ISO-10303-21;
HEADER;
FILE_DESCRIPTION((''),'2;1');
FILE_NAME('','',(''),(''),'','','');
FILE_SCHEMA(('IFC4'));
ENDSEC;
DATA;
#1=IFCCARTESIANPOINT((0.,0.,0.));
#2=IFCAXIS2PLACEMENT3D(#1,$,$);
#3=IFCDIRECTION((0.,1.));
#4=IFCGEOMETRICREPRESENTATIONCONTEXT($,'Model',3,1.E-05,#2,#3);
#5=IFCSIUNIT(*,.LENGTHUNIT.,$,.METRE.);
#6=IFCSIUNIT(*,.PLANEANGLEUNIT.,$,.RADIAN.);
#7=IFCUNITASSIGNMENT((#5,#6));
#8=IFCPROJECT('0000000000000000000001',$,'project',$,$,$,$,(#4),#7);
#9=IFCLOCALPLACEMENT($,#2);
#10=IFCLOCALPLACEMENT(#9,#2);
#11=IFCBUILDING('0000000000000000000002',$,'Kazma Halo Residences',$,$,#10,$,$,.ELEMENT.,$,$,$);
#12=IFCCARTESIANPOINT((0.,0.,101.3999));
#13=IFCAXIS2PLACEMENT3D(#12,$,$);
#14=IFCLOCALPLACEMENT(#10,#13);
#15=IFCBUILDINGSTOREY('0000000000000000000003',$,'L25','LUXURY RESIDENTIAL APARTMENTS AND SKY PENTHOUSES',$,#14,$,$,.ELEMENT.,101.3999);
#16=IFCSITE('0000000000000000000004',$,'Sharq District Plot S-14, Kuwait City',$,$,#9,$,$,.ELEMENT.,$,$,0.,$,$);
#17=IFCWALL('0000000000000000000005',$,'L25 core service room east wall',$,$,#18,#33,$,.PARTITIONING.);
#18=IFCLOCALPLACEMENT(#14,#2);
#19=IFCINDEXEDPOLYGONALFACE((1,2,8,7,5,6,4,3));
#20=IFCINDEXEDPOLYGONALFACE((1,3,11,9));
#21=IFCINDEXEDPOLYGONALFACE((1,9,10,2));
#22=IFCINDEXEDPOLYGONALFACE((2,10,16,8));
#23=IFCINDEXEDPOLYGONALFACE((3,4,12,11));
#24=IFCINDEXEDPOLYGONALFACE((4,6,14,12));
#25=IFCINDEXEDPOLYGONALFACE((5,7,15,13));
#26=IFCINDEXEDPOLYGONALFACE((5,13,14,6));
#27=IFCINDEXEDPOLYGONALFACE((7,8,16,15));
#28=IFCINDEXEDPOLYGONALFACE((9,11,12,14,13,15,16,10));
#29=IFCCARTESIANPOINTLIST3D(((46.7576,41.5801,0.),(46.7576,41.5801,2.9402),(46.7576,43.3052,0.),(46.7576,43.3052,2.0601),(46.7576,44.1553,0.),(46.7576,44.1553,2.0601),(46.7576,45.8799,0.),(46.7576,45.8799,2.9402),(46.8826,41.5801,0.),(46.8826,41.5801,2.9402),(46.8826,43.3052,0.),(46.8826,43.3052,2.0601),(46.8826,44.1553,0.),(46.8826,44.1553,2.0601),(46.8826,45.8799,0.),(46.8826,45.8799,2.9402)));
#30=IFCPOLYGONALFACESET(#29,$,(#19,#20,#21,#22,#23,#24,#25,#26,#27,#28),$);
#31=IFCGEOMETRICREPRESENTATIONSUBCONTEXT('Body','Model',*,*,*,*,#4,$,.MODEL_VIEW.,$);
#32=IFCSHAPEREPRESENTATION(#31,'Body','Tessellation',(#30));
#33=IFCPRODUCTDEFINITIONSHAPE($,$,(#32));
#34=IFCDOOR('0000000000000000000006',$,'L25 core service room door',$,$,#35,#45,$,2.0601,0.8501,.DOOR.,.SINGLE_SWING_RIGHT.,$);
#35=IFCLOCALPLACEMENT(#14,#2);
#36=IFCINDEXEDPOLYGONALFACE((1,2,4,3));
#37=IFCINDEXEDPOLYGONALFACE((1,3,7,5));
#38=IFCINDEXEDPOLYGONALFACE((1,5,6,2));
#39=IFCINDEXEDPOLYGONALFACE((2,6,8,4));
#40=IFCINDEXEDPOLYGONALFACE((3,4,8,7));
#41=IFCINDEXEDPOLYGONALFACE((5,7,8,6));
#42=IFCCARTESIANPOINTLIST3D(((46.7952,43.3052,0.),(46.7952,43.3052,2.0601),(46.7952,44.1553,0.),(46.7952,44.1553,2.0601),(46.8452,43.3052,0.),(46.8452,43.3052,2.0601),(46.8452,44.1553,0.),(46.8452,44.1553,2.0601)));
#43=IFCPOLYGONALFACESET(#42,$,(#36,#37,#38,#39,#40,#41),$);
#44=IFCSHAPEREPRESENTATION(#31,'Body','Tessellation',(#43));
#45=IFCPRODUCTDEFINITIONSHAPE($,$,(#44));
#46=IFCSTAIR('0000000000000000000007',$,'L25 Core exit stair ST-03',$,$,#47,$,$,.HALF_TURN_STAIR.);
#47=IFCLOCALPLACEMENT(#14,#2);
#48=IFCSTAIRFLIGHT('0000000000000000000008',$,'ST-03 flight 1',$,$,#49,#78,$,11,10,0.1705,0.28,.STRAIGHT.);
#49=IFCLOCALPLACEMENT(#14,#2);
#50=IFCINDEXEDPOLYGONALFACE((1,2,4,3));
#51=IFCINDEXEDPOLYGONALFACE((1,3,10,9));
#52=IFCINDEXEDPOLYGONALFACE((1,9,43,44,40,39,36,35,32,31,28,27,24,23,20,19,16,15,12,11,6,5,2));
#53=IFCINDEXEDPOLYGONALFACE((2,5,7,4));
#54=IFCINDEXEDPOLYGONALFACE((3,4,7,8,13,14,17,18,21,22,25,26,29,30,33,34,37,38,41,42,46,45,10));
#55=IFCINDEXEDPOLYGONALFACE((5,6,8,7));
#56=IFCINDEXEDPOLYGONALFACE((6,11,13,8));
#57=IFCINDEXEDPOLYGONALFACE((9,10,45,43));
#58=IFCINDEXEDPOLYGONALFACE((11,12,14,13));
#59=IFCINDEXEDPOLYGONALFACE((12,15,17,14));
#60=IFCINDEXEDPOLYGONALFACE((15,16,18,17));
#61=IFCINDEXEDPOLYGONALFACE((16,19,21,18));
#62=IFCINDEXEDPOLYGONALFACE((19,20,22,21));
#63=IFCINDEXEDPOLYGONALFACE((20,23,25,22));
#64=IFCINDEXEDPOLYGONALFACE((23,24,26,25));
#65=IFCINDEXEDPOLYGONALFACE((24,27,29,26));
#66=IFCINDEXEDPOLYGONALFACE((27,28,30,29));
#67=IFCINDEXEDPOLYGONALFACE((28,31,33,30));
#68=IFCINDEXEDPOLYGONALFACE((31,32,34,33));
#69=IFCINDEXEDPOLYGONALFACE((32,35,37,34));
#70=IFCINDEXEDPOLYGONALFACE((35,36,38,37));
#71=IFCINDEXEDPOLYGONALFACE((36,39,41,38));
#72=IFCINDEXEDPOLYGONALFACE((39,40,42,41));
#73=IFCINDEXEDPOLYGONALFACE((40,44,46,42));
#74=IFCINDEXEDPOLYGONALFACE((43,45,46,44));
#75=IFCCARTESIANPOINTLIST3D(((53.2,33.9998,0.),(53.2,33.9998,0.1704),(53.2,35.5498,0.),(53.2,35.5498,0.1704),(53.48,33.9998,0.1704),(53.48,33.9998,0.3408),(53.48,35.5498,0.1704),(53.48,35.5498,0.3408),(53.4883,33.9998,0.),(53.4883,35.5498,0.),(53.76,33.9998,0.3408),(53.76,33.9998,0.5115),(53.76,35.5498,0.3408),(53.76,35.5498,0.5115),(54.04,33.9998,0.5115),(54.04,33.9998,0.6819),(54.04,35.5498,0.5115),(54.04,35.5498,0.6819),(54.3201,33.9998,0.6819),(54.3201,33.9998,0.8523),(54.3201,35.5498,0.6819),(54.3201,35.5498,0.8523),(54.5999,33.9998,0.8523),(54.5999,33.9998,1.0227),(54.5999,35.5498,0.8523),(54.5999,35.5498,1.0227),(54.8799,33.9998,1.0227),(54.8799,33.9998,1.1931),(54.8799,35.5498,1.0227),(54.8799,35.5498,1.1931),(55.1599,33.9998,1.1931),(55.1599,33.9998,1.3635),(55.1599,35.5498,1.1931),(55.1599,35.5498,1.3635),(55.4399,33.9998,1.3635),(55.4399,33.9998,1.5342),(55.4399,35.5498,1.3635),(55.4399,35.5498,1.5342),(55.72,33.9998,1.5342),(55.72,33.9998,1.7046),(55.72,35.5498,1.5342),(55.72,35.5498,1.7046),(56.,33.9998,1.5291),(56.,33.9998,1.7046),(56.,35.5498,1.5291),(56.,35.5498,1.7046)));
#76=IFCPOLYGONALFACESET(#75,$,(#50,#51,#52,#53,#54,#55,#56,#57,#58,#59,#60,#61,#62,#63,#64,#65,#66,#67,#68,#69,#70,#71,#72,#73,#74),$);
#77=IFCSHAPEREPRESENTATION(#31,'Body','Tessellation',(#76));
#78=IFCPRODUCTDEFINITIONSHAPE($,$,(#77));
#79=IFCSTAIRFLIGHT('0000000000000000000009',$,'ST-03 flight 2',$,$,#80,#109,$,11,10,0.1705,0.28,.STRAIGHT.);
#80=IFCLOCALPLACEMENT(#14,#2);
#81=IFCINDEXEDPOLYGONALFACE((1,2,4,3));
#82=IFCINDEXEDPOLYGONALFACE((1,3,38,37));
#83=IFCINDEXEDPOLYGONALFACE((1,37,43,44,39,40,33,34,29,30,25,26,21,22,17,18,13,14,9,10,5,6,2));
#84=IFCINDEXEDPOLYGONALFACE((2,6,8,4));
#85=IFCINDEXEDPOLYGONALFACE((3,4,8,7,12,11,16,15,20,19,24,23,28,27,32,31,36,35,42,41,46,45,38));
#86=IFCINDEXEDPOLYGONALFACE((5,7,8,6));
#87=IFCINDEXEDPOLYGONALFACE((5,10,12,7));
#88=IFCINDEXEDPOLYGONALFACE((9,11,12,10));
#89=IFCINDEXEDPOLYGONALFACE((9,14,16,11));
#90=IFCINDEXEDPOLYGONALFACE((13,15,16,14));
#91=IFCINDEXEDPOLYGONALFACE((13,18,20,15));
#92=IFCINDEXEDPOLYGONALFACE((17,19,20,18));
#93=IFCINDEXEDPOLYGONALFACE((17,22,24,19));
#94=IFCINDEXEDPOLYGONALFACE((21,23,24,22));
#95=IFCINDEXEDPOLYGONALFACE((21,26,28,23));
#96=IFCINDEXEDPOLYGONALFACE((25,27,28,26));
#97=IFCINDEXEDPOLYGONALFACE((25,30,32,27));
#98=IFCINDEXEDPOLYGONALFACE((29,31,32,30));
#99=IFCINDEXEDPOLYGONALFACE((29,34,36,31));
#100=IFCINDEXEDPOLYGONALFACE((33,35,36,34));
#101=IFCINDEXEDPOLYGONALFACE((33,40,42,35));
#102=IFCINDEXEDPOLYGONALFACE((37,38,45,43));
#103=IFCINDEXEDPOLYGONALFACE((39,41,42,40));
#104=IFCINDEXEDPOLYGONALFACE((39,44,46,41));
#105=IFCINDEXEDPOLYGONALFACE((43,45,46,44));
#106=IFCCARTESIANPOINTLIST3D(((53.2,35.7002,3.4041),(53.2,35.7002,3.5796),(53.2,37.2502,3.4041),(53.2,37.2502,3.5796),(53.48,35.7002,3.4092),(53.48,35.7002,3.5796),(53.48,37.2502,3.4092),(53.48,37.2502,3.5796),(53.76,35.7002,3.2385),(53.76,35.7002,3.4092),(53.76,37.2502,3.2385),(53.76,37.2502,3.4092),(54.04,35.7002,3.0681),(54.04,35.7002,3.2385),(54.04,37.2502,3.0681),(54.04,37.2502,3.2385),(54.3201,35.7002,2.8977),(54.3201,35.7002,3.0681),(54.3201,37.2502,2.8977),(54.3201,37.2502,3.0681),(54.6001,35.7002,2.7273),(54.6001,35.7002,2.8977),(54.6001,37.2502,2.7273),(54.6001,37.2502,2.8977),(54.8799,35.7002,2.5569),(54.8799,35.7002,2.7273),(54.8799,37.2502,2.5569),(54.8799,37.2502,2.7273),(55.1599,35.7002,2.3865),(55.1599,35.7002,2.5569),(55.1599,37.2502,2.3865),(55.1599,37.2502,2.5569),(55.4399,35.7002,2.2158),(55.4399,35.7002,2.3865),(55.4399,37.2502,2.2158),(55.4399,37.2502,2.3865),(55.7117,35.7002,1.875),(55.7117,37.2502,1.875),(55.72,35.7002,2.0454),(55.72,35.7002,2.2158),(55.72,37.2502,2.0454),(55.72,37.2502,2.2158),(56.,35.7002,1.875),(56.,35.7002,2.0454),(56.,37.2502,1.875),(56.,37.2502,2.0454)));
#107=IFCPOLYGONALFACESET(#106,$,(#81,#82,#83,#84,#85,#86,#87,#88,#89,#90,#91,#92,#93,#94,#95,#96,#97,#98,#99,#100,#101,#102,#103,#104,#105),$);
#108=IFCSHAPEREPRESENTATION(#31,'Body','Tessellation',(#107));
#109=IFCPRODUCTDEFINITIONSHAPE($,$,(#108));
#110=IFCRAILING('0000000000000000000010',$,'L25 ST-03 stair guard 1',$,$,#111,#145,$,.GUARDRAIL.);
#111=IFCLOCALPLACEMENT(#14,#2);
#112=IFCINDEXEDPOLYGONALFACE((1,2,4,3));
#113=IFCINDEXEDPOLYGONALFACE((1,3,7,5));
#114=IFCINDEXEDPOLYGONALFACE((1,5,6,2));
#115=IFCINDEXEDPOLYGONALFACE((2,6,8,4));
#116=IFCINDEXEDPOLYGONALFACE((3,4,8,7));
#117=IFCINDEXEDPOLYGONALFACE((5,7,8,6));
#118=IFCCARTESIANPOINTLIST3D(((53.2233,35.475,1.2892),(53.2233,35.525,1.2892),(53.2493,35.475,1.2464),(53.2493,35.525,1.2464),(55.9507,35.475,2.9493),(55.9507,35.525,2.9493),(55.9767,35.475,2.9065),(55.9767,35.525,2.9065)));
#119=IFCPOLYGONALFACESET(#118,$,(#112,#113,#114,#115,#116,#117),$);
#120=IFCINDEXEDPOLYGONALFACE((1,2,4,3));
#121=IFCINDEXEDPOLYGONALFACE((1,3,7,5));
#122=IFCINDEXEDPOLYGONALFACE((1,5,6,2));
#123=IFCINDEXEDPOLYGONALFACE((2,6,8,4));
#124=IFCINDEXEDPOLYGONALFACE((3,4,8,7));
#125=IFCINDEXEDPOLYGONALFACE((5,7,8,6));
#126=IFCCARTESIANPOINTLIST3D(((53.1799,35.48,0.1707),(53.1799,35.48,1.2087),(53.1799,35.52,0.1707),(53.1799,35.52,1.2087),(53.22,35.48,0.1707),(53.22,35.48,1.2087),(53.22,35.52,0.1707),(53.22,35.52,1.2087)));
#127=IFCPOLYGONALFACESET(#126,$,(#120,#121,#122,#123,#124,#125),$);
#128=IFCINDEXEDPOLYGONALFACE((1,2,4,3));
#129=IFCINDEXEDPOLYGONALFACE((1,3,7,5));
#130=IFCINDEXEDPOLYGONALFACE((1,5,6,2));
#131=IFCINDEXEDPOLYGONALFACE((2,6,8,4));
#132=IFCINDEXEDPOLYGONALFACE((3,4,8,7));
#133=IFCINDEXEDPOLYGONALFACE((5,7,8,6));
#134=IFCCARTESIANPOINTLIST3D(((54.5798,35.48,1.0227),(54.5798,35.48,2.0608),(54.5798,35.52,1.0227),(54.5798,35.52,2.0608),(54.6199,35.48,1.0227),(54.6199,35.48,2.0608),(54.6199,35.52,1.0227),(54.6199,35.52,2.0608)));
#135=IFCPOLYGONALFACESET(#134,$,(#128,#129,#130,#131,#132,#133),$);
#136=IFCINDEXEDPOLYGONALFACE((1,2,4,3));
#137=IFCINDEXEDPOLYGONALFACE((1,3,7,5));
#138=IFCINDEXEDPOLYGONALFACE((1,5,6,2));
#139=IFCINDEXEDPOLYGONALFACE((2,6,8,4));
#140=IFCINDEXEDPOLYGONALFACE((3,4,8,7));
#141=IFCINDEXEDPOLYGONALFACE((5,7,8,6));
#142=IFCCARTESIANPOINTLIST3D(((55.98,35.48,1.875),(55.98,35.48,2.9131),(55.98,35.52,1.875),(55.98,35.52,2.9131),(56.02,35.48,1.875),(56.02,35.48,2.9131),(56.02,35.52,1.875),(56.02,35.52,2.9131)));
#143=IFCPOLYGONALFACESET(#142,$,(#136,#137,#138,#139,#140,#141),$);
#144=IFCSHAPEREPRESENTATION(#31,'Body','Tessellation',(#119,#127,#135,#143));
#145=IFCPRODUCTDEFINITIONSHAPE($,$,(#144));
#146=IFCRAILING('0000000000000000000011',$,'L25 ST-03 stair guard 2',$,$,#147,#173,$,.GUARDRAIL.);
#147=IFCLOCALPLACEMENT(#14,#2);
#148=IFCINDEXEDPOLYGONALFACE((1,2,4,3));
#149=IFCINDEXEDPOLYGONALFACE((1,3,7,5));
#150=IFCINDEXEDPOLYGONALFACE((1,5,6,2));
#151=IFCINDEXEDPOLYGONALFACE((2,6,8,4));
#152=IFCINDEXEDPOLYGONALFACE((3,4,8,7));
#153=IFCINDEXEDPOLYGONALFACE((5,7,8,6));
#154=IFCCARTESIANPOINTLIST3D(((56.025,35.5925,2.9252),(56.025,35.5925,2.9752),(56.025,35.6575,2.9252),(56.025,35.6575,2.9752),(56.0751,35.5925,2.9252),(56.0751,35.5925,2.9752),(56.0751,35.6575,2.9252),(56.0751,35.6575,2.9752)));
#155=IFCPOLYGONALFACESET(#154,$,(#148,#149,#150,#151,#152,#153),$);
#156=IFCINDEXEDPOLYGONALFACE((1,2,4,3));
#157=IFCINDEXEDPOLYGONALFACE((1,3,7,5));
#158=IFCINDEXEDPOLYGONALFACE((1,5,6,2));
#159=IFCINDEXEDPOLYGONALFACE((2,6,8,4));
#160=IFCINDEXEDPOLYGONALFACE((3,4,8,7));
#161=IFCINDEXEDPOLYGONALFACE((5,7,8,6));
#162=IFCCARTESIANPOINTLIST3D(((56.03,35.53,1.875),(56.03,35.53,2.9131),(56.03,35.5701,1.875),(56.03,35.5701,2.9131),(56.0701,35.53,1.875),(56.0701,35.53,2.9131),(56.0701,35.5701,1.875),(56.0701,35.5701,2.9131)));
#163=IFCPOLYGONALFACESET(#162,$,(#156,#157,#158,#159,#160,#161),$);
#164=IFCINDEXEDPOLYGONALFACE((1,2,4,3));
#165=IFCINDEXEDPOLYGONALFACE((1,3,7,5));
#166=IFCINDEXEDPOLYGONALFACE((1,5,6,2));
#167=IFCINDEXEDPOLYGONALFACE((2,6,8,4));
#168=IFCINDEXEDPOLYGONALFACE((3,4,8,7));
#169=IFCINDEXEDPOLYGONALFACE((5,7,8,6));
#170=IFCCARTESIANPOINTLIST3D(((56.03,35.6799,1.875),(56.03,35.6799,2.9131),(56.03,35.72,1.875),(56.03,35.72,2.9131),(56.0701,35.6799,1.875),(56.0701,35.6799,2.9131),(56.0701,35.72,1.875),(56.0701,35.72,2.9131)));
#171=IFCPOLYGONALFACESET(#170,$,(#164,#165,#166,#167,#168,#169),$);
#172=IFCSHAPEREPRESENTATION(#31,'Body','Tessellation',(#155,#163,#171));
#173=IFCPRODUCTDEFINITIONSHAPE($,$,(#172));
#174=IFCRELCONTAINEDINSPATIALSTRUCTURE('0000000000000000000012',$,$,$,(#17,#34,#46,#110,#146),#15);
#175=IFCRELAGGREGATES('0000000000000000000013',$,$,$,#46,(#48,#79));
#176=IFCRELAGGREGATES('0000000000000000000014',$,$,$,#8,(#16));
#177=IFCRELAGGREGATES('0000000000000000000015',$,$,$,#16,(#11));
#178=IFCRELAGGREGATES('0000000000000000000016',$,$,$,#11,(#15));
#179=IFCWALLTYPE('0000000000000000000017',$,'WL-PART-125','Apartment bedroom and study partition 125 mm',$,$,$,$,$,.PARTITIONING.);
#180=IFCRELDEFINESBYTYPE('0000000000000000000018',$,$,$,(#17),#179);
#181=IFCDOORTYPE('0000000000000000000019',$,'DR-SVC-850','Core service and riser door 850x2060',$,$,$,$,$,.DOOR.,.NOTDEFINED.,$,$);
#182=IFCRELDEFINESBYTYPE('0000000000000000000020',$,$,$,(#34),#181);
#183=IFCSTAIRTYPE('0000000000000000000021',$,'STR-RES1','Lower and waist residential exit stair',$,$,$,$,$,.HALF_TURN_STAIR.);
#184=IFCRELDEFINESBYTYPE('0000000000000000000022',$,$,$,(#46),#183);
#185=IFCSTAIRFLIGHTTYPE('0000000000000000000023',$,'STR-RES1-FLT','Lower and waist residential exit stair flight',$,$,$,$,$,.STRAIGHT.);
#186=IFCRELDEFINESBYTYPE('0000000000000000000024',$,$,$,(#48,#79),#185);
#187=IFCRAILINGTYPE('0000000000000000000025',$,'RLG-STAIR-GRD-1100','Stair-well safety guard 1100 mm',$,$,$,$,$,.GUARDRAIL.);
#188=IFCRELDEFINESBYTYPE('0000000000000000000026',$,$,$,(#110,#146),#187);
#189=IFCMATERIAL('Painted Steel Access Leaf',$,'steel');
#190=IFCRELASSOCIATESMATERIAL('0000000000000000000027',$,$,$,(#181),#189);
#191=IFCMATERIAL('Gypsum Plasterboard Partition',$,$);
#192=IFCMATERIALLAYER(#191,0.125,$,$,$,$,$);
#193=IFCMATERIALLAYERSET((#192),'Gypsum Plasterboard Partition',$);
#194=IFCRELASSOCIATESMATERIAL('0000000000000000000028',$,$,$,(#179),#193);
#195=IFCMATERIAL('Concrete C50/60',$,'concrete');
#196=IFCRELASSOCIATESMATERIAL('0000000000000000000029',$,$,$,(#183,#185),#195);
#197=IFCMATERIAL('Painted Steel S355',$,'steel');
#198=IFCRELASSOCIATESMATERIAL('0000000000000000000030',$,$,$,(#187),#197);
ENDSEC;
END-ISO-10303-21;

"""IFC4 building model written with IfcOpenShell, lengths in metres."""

from ifc_helpers import new_model, si_unit, direction, frame, frame_2d, origin, origin_2d, place, context, subcontext, project, spatial, polyline, rectangle, outline, extrude, material, layer, layer_set, type_object, element, fill, aggregate, save


model = new_model("IFC4")

# Units and contexts
model_context = context("Model", 3, precision=1e-05, world=origin(), true_north=direction((0.0, 1.0)))
body_context = subcontext(model_context, "Body", "Model", "MODEL_VIEW")
ifc_project = project(units=[si_unit("LENGTHUNIT", "METRE"), si_unit("PLANEANGLEUNIT", "RADIAN")], contexts=[model_context])

# Site, building, storey
site_placement = place(None, origin())
site = spatial("IfcSite", under=ifc_project, at=site_placement, Name="Sharq District Plot S-14, Kuwait City", CompositionType="ELEMENT", RefElevation=0.0)
building_placement = place(site_placement, origin())
building = spatial("IfcBuilding", under=site, at=building_placement, Name="Kazma Halo Residences", CompositionType="ELEMENT")
storey_placement = place(building_placement, frame((0.0, 0.0, 101.3999)))
storey = spatial("IfcBuildingStorey", under=building, at=storey_placement, Name="L25", Description="LUXURY RESIDENTIAL APARTMENTS AND SKY PENTHOUSES", CompositionType="ELEMENT", Elevation=101.3999)

# Shared definitions
ifc_material_1 = material(Name="Painted Steel Access Leaf", Category="steel")
door_type_1 = type_object("IfcDoorType", Name="DR-SVC-850", Description="Core service and riser door 850x2060", OperationType="NOTDEFINED", PredefinedType="DOOR", material=ifc_material_1)

# Shared definitions
ifc_material_2 = material(Name="Gypsum Plasterboard Partition")
ifc_layer_1 = layer(ifc_material_2, 0.125)
ifc_layer_set_1 = layer_set([ifc_layer_1], Name="Gypsum Plasterboard Partition")
wall_type_1 = type_object("IfcWallType", Name="WL-PART-125", Description="Apartment bedroom and study partition 125 mm", PredefinedType="PARTITIONING", material=ifc_layer_set_1)

# Wall, opening, door
wall_1_placement = place(storey_placement, frame((46.8201, 41.5801, 0.0), z_axis=(0.0, 0.0, 1.0), x_axis=(0.0, 1.0, 0.0)))
wall_1 = element("IfcWall", 1, at=wall_1_placement, inside=storey, type_object=wall_type_1, Name="L25 core service room east wall", PredefinedType="PARTITIONING", context=body_context, shape_type="SweptSolid", body=[
    extrude(rectangle(XDim=4.2998, YDim=0.125, at=frame_2d((2.1499, 0.0))), origin(), (0.0, 0.0, 1.0), 2.9402),
])
opening_1_placement = place(wall_1_placement, frame((1.7251, 0.0, 0.0)))
opening_1 = element("IfcOpeningElement", 2, at=opening_1_placement, cuts=wall_1, PredefinedType="OPENING", context=body_context, shape_type="SweptSolid", body=[
    extrude(rectangle(XDim=0.8501, YDim=2.0601, at=frame_2d((0.425, 1.03))), frame((0.0, 0.0725, 0.0), z_axis=(0.0, -1.0, 0.0), x_axis=(1.0, 0.0, 0.0)), (0.0, 0.0, 1.0), 0.145),
])
door_1_placement = place(opening_1_placement, origin())
door_1 = element("IfcDoor", 3, at=door_1_placement, inside=storey, type_object=door_type_1, Name="L25 core service room door", OperationType="SINGLE_SWING_RIGHT", OverallHeight=2.0601, OverallWidth=0.8501, PredefinedType="DOOR", context=body_context, shape_type="SweptSolid", body=[
    extrude(rectangle(XDim=0.8501, YDim=2.0601, at=frame_2d((0.425, 1.03))), frame((0.0, 0.0249, 0.0), z_axis=(0.0, -1.0, 0.0), x_axis=(1.0, 0.0, 0.0)), (0.0, 0.0, 1.0), 0.05),
])
fill(opening_1, door_1)
ifc_material_3 = material(Name="Concrete C50/60", Category="concrete")

# Stair, stair flights
stair_type = type_object("IfcStairType", Name="STR-RES1", Description="Lower and waist residential exit stair", PredefinedType="HALF_TURN_STAIR", material=ifc_material_3)
stair_placement = place(storey_placement, origin())
stair = element("IfcStair", 4, at=stair_placement, inside=storey, type_object=stair_type, Name="L25 Core exit stair ST-03", PredefinedType="HALF_TURN_STAIR")
stair_flight_type = type_object("IfcStairFlightType", Name="STR-RES1-FLT", Description="Lower and waist residential exit stair flight", PredefinedType="STRAIGHT", material=ifc_material_3)
stair_flight_1_placement = place(storey_placement, frame((53.2, 34.7749, 0.0), z_axis=(0.0, 0.0, 1.0), x_axis=(1.0, 0.0, 0.0)))
stair_flight_1 = element("IfcStairFlight", 5, at=stair_flight_1_placement, type_object=stair_flight_type, Name="ST-03 flight 1", NumberOfRisers=11, NumberOfTreads=10, PredefinedType="STRAIGHT", RiserHeight=0.1705, TreadLength=0.28, context=body_context, shape_type="SweptSolid", body=[
    extrude(outline(polyline([(0.0, 0.0), (0.0, 0.1704), (0.28, 0.1704), (0.28, 0.3408), (0.5601, 0.3408), (0.5601, 0.5115), (0.8401, 0.5115), (0.8401, 0.6819), (1.1201, 0.6819), (1.1201, 0.8523), (1.3999, 0.8523), (1.3999, 1.0227), (1.6799, 1.0227), (1.6799, 1.1931), (1.96, 1.1931), (1.96, 1.3635), (2.24, 1.3635), (2.24, 1.5342), (2.52, 1.5342), (2.52, 1.7046), (2.8, 1.7046), (2.8, 1.875), (2.8, 1.5291), (0.2883, 0.0), (0.0, 0.0)])), frame((0.0, 0.7749, 0.0), z_axis=(0.0, -1.0, 0.0), x_axis=(1.0, 0.0, 0.0)), (0.0, 0.0, 1.0), 1.55),
])
stair_flight_2_placement = place(storey_placement, frame((56.0, 36.4751, 1.875), z_axis=(0.0, 0.0, 1.0), x_axis=(-1.0, 0.0, 0.0)))
stair_flight_2 = element("IfcStairFlight", 6, at=stair_flight_2_placement, type_object=stair_flight_type, Name="ST-03 flight 2", NumberOfRisers=11, NumberOfTreads=10, PredefinedType="STRAIGHT", RiserHeight=0.1705, TreadLength=0.28, context=body_context, shape_type="SweptSolid", body=[
    extrude(outline(polyline([(0.0, 0.0), (0.0, 0.1704), (0.28, 0.1704), (0.28, 0.3408), (0.5601, 0.3408), (0.5601, 0.5115), (0.8401, 0.5115), (0.8401, 0.6819), (1.1201, 0.6819), (1.1201, 0.8523), (1.3999, 0.8523), (1.3999, 1.0227), (1.6799, 1.0227), (1.6799, 1.1931), (1.96, 1.1931), (1.96, 1.3635), (2.24, 1.3635), (2.24, 1.5342), (2.52, 1.5342), (2.52, 1.7046), (2.8, 1.7046), (2.8, 1.875), (2.8, 1.5291), (0.2883, 0.0), (0.0, 0.0)])), frame((0.0, 0.7749, 0.0), z_axis=(0.0, -1.0, 0.0), x_axis=(1.0, 0.0, 0.0)), (0.0, 0.0, 1.0), 1.55),
])
aggregate(stair, [stair_flight_1, stair_flight_2])

# Railings
ifc_material_4 = material(Name="Painted Steel S355", Category="steel")
railing_type_1 = type_object("IfcRailingType", Name="RLG-STAIR-GRD-1100", Description="Stair-well safety guard 1100 mm", PredefinedType="GUARDRAIL", material=ifc_material_4)
railing_1_placement = place(storey_placement, frame((53.2, 35.5, 0.1707)))
element("IfcRailing", 7, at=railing_1_placement, inside=storey, type_object=railing_type_1, Name="L25 ST-03 stair guard 1", PredefinedType="GUARDRAIL", context=body_context, shape_type="SweptSolid", body=[
    extrude(rectangle(XDim=0.05, YDim=0.05, at=origin_2d()), frame((0.0364, 0.0, 1.0972), z_axis=(0.854203, 0.0, 0.51994), x_axis=(0.0, 1.0, 0.0)), (0.0, 0.0, 1.0), 3.1929),
    extrude(rectangle(XDim=0.04, YDim=0.04, at=origin_2d()), origin(), (0.0, 0.0, 1.0), 1.0381),
    extrude(rectangle(XDim=0.04, YDim=0.04, at=origin_2d()), frame((1.3999, 0.0, 0.8521)), (0.0, 0.0, 1.0), 1.0381),
    extrude(rectangle(XDim=0.04, YDim=0.04, at=origin_2d()), frame((2.8, 0.0, 1.7043)), (0.0, 0.0, 1.0), 1.0381),
])
railing_2_placement = place(storey_placement, frame((56.05, 35.55, 1.875)))
element("IfcRailing", 8, at=railing_2_placement, inside=storey, type_object=railing_type_1, Name="L25 ST-03 stair guard 2", PredefinedType="GUARDRAIL", context=body_context, shape_type="SweptSolid", body=[
    extrude(rectangle(XDim=0.05, YDim=0.05, at=origin_2d()), frame((0.0, 0.0425, 1.0752), z_axis=(0.0, 1.0, 0.0), x_axis=(-1.0, 0.0, 0.0)), (0.0, 0.0, 1.0), 0.0649),
    extrude(rectangle(XDim=0.04, YDim=0.04, at=origin_2d()), origin(), (0.0, 0.0, 1.0), 1.0381),
    extrude(rectangle(XDim=0.04, YDim=0.04, at=origin_2d()), frame((0.0, 0.1499, 0.0)), (0.0, 0.0, 1.0), 1.0381),
])

save(model, "model.ifc")
